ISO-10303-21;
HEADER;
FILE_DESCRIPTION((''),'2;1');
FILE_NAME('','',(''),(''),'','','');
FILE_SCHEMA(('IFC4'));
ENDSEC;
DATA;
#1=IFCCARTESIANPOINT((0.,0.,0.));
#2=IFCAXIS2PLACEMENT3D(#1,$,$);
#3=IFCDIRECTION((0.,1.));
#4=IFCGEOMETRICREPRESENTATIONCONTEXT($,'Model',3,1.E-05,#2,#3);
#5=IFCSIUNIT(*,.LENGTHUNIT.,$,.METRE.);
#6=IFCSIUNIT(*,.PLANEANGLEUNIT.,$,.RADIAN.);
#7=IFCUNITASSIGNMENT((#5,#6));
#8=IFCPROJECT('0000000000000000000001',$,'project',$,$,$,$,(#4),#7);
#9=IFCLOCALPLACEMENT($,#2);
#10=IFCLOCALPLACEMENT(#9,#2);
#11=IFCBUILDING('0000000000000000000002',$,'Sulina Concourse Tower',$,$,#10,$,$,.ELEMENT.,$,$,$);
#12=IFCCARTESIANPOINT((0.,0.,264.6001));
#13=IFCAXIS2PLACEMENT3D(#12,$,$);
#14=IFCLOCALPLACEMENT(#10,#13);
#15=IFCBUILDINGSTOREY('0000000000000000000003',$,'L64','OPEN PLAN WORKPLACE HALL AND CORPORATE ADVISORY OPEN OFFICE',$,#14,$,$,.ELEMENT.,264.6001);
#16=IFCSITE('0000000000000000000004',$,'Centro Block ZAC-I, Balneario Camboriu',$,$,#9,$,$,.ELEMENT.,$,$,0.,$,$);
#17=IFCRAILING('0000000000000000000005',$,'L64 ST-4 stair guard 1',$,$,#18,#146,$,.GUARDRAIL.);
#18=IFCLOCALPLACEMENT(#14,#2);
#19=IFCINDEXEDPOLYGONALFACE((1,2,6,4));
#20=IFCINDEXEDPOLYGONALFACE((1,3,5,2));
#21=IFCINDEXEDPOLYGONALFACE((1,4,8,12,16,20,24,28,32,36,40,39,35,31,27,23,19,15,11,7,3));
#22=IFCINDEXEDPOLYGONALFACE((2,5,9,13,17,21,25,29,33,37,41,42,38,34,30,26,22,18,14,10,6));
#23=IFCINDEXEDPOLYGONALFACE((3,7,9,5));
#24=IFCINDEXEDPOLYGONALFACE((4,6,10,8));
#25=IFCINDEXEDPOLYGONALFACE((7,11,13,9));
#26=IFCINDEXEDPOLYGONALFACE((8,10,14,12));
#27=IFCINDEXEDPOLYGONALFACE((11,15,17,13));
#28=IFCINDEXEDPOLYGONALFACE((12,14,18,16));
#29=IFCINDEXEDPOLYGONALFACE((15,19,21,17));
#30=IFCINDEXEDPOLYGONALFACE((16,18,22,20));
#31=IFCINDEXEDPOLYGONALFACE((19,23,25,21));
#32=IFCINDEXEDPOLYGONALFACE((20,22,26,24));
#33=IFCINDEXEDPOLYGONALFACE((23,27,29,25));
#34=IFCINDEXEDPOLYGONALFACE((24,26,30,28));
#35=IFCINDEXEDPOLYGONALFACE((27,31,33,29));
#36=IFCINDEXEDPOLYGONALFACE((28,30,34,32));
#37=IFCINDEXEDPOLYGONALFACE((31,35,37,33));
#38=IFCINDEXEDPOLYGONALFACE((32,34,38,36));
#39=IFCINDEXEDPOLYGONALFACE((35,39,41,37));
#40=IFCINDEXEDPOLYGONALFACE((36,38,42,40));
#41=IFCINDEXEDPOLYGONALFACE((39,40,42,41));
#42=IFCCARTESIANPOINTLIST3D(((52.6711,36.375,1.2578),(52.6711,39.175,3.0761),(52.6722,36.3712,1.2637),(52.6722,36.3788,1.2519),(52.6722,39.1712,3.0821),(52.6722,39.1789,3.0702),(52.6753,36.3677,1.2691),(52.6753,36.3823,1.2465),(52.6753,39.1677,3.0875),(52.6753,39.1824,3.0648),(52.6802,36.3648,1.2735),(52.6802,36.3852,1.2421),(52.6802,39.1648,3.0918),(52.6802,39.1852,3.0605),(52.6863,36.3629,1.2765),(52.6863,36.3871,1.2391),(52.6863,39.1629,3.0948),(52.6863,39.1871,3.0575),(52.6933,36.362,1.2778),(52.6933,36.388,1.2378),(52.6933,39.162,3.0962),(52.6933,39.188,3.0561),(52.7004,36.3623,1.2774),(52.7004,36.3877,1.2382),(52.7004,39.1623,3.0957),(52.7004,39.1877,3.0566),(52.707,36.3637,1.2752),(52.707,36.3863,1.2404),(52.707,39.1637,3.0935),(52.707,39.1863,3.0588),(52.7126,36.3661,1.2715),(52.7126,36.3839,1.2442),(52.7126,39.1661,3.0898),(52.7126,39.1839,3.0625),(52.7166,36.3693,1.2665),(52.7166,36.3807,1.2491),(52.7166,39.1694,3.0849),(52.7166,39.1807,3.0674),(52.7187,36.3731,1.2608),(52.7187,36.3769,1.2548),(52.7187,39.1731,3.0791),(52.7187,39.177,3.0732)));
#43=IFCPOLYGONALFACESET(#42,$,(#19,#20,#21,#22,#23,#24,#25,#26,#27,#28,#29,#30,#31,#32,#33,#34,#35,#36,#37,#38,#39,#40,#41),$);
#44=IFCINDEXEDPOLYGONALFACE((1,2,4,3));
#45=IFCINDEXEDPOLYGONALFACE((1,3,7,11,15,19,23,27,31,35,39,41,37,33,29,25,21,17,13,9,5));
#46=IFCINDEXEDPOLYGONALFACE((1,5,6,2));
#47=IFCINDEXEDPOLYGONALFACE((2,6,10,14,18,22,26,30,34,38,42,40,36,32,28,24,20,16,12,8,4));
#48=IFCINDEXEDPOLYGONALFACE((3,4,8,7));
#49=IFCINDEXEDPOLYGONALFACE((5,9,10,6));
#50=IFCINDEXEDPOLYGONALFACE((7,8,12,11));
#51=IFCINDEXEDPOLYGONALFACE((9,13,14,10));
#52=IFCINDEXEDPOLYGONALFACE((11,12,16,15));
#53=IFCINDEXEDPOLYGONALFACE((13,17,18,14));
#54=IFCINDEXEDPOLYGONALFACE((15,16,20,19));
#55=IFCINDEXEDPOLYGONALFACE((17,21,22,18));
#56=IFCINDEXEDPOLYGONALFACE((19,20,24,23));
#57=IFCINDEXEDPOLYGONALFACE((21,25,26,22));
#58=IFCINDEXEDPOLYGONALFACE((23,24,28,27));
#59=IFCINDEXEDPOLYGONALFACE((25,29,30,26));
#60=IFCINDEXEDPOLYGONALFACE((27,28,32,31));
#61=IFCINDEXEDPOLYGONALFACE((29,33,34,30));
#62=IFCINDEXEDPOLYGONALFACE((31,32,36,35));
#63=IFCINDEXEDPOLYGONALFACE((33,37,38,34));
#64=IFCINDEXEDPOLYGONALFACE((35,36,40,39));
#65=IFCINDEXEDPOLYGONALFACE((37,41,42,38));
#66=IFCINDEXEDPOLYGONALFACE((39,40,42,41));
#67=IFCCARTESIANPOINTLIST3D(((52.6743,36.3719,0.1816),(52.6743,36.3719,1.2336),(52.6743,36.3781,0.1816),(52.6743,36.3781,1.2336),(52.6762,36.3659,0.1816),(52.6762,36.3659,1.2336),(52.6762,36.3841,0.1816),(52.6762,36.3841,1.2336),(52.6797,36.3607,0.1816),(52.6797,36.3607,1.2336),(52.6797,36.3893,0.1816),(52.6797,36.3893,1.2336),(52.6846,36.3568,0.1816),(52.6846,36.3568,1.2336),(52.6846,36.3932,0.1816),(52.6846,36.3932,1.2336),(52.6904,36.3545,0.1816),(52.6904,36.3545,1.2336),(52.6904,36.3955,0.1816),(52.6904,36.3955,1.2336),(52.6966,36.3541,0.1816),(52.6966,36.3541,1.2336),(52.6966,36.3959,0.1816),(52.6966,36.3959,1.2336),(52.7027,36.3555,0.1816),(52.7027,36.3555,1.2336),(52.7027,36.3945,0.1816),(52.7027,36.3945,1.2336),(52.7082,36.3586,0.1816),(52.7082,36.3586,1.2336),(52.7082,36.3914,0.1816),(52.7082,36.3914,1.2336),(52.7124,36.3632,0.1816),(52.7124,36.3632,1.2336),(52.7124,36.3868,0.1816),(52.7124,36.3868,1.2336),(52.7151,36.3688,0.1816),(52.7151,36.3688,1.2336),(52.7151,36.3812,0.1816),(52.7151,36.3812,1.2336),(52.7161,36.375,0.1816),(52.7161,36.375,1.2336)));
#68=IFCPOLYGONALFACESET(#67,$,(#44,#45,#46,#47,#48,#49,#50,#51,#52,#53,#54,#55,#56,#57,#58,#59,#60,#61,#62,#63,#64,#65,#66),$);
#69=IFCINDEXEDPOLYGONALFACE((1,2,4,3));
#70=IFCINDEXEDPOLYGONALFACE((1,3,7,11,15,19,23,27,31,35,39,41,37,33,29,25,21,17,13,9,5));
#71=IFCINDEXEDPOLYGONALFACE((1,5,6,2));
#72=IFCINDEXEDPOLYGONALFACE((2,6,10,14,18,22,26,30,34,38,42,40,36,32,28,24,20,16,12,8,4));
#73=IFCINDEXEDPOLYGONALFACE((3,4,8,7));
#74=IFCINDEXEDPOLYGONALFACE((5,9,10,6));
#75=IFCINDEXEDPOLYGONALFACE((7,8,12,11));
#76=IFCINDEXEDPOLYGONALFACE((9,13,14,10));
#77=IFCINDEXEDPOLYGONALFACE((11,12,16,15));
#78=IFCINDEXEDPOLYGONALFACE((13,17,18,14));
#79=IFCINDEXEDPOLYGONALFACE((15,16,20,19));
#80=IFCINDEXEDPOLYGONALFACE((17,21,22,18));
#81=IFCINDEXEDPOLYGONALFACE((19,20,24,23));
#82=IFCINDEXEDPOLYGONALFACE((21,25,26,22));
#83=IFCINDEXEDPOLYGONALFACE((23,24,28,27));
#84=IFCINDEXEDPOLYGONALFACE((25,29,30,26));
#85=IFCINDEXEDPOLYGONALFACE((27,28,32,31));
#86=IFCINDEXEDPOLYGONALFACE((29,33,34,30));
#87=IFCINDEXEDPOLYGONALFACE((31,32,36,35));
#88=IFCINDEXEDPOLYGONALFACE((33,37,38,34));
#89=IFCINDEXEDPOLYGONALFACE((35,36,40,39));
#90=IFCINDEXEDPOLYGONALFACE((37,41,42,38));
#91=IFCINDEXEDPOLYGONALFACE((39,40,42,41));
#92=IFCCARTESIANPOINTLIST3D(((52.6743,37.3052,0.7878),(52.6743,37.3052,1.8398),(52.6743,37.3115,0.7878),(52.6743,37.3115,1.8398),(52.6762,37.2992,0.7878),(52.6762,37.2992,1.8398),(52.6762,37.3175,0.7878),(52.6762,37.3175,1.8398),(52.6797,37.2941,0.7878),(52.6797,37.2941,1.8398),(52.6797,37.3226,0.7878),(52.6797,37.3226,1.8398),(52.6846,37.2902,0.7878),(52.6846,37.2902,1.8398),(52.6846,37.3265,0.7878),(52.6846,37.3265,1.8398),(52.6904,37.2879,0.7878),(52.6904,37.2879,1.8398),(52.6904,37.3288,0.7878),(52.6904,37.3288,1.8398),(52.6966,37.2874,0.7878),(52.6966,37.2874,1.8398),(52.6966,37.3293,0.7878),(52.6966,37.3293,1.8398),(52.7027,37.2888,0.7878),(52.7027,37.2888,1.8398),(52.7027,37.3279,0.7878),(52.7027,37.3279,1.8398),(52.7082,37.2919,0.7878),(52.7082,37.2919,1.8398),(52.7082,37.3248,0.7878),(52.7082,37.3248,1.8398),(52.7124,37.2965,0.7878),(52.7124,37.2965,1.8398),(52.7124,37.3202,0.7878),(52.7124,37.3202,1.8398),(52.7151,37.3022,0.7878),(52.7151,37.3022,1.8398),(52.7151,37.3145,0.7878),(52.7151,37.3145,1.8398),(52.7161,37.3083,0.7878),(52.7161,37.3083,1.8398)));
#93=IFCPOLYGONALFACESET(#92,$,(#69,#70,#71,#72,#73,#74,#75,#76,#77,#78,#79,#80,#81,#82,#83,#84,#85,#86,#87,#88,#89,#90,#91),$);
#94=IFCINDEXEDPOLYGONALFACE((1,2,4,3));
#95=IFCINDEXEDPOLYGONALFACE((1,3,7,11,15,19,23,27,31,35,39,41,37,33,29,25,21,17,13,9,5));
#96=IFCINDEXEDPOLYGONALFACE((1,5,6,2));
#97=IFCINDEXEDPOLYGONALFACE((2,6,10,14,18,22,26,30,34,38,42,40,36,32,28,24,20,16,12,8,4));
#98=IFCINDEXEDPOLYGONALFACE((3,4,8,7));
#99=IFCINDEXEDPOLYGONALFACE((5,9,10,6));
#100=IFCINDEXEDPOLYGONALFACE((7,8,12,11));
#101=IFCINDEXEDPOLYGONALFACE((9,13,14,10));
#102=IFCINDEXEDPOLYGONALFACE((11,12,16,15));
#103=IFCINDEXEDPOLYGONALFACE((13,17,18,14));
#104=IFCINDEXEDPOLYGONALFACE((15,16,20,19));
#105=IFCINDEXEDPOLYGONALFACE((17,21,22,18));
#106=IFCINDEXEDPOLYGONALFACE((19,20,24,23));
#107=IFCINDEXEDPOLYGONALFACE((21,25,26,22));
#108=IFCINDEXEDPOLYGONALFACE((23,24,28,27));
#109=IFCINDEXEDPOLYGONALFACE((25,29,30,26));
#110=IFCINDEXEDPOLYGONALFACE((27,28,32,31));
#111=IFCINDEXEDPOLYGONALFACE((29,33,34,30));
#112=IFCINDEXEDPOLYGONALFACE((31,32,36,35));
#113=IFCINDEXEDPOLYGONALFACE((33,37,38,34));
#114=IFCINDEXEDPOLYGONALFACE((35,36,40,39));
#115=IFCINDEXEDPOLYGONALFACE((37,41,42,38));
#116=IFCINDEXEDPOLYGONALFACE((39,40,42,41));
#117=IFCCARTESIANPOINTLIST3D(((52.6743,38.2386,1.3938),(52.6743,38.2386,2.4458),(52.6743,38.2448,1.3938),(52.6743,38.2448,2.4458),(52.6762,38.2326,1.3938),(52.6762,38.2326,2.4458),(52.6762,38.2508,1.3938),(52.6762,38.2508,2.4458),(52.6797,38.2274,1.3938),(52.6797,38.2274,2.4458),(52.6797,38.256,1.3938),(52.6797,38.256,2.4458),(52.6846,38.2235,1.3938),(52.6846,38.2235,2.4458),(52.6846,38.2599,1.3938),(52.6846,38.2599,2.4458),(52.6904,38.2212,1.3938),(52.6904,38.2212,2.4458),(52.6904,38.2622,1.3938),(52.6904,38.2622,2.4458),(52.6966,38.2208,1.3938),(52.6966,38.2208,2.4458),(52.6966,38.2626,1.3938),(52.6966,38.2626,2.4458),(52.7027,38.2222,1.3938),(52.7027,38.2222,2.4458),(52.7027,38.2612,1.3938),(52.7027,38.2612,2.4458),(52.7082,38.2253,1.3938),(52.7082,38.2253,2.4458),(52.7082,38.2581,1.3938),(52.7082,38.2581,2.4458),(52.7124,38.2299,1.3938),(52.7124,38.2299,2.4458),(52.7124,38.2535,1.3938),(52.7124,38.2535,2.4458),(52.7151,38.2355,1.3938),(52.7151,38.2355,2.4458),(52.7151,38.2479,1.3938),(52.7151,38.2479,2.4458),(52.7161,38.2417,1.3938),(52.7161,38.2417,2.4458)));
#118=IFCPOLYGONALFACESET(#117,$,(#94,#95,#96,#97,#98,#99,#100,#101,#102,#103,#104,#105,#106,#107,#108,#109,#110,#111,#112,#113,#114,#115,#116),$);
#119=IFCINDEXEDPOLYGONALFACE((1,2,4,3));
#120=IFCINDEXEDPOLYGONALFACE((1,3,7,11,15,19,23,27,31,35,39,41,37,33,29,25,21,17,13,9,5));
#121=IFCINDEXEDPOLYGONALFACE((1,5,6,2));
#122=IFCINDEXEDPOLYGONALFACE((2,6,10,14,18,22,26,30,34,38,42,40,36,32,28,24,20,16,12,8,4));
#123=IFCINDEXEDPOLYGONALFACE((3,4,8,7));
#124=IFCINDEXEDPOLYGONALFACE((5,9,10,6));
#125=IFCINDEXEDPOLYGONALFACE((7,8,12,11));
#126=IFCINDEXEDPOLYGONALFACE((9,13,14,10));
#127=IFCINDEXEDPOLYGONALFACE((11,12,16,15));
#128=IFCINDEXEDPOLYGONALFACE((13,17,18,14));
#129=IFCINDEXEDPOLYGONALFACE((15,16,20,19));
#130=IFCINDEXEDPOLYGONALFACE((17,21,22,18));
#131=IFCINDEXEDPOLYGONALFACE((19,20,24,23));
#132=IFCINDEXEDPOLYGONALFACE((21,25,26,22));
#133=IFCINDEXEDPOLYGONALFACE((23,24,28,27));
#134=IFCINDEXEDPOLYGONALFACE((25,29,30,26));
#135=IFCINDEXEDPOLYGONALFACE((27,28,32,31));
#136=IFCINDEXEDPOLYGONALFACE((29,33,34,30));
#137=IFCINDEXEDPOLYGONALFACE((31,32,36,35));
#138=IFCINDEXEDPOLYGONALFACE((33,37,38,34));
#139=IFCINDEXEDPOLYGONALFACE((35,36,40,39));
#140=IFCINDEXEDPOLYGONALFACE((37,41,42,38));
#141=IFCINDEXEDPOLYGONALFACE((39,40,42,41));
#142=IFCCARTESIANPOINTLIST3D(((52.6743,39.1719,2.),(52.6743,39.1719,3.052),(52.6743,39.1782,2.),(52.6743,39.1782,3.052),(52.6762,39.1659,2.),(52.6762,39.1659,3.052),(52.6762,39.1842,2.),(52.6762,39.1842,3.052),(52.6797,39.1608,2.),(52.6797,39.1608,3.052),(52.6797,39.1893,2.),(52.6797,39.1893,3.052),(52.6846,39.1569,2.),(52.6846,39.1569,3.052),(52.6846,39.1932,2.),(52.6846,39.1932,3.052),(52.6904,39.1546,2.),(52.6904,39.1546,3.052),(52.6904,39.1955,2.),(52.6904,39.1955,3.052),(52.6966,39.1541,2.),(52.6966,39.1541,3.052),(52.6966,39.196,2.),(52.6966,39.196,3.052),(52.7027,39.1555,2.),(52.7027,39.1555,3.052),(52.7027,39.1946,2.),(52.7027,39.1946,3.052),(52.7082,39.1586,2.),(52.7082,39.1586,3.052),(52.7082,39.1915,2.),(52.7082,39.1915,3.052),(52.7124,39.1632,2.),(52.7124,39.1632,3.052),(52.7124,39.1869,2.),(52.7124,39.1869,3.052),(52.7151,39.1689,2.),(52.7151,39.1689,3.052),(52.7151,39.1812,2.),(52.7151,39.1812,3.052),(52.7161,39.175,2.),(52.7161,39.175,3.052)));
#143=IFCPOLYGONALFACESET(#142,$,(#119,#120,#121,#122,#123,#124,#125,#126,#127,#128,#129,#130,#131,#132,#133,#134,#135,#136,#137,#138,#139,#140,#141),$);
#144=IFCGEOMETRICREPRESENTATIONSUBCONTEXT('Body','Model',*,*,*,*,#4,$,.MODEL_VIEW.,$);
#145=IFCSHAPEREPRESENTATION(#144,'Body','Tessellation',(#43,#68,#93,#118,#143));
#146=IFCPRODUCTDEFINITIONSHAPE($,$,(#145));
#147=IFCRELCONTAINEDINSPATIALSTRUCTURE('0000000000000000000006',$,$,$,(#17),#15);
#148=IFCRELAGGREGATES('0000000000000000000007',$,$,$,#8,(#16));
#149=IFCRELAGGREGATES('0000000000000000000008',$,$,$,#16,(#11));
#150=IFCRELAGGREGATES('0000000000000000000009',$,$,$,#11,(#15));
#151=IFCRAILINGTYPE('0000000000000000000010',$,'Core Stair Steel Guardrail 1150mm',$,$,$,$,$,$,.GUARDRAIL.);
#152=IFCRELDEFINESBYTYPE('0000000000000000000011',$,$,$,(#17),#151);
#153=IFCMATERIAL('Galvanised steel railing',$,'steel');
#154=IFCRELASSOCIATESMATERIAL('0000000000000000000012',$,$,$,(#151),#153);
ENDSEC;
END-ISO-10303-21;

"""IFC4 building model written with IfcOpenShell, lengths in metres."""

from ifc_helpers import new_model, si_unit, direction, frame, origin, origin_2d, place, context, subcontext, project, spatial, circle, extrude, material, type_object, element, save


model = new_model("IFC4")

# Units and contexts
model_context = context("Model", 3, precision=1e-05, world=origin(), true_north=direction((0.0, 1.0)))
body_context = subcontext(model_context, "Body", "Model", "MODEL_VIEW")
ifc_project = project(units=[si_unit("LENGTHUNIT", "METRE"), si_unit("PLANEANGLEUNIT", "RADIAN")], contexts=[model_context])

# Site, building, storey
site_placement = place(None, origin())
site = spatial("IfcSite", under=ifc_project, at=site_placement, Name="Centro Block ZAC-I, Balneario Camboriu", CompositionType="ELEMENT", RefElevation=0.0)
building_placement = place(site_placement, origin())
building = spatial("IfcBuilding", under=site, at=building_placement, Name="Sulina Concourse Tower", CompositionType="ELEMENT")
storey_placement = place(building_placement, frame((0.0, 0.0, 264.6001)))
storey = spatial("IfcBuildingStorey", under=building, at=storey_placement, Name="L64", Description="OPEN PLAN WORKPLACE HALL AND CORPORATE ADVISORY OPEN OFFICE", CompositionType="ELEMENT", Elevation=264.6001)

# Railing
ifc_material_1 = material(Name="Galvanised steel railing", Category="steel")
railing_type_1 = type_object("IfcRailingType", Name="Core Stair Steel Guardrail 1150mm", PredefinedType="GUARDRAIL", material=ifc_material_1)
railing_1_placement = place(storey_placement, frame((52.6951, 36.375, 0.1816)))
element("IfcRailing", 1, at=railing_1_placement, inside=storey, type_object=railing_type_1, Name="L64 ST-4 stair guard 1", PredefinedType="GUARDRAIL", context=body_context, shape_type="SweptSolid", body=[
    extrude(circle(Radius=0.0239, at=origin_2d()), frame((0.0, 0.0, 1.0762), z_axis=(0.0, 0.838672, 0.544636), x_axis=(-1.0, 0.0, 0.0)), (0.0, 0.0, 1.0), 3.3386),
    extrude(circle(Radius=0.021, at=origin_2d()), origin(), (0.0, 0.0, 1.0), 1.052),
    extrude(circle(Radius=0.021, at=origin_2d()), frame((0.0, 0.9333, 0.6062)), (0.0, 0.0, 1.0), 1.052),
    extrude(circle(Radius=0.021, at=origin_2d()), frame((0.0, 1.8667, 1.2122)), (0.0, 0.0, 1.0), 1.052),
    extrude(circle(Radius=0.021, at=origin_2d()), frame((0.0, 2.8, 1.8184)), (0.0, 0.0, 1.0), 1.052),
])

save(model, "model.ifc")
